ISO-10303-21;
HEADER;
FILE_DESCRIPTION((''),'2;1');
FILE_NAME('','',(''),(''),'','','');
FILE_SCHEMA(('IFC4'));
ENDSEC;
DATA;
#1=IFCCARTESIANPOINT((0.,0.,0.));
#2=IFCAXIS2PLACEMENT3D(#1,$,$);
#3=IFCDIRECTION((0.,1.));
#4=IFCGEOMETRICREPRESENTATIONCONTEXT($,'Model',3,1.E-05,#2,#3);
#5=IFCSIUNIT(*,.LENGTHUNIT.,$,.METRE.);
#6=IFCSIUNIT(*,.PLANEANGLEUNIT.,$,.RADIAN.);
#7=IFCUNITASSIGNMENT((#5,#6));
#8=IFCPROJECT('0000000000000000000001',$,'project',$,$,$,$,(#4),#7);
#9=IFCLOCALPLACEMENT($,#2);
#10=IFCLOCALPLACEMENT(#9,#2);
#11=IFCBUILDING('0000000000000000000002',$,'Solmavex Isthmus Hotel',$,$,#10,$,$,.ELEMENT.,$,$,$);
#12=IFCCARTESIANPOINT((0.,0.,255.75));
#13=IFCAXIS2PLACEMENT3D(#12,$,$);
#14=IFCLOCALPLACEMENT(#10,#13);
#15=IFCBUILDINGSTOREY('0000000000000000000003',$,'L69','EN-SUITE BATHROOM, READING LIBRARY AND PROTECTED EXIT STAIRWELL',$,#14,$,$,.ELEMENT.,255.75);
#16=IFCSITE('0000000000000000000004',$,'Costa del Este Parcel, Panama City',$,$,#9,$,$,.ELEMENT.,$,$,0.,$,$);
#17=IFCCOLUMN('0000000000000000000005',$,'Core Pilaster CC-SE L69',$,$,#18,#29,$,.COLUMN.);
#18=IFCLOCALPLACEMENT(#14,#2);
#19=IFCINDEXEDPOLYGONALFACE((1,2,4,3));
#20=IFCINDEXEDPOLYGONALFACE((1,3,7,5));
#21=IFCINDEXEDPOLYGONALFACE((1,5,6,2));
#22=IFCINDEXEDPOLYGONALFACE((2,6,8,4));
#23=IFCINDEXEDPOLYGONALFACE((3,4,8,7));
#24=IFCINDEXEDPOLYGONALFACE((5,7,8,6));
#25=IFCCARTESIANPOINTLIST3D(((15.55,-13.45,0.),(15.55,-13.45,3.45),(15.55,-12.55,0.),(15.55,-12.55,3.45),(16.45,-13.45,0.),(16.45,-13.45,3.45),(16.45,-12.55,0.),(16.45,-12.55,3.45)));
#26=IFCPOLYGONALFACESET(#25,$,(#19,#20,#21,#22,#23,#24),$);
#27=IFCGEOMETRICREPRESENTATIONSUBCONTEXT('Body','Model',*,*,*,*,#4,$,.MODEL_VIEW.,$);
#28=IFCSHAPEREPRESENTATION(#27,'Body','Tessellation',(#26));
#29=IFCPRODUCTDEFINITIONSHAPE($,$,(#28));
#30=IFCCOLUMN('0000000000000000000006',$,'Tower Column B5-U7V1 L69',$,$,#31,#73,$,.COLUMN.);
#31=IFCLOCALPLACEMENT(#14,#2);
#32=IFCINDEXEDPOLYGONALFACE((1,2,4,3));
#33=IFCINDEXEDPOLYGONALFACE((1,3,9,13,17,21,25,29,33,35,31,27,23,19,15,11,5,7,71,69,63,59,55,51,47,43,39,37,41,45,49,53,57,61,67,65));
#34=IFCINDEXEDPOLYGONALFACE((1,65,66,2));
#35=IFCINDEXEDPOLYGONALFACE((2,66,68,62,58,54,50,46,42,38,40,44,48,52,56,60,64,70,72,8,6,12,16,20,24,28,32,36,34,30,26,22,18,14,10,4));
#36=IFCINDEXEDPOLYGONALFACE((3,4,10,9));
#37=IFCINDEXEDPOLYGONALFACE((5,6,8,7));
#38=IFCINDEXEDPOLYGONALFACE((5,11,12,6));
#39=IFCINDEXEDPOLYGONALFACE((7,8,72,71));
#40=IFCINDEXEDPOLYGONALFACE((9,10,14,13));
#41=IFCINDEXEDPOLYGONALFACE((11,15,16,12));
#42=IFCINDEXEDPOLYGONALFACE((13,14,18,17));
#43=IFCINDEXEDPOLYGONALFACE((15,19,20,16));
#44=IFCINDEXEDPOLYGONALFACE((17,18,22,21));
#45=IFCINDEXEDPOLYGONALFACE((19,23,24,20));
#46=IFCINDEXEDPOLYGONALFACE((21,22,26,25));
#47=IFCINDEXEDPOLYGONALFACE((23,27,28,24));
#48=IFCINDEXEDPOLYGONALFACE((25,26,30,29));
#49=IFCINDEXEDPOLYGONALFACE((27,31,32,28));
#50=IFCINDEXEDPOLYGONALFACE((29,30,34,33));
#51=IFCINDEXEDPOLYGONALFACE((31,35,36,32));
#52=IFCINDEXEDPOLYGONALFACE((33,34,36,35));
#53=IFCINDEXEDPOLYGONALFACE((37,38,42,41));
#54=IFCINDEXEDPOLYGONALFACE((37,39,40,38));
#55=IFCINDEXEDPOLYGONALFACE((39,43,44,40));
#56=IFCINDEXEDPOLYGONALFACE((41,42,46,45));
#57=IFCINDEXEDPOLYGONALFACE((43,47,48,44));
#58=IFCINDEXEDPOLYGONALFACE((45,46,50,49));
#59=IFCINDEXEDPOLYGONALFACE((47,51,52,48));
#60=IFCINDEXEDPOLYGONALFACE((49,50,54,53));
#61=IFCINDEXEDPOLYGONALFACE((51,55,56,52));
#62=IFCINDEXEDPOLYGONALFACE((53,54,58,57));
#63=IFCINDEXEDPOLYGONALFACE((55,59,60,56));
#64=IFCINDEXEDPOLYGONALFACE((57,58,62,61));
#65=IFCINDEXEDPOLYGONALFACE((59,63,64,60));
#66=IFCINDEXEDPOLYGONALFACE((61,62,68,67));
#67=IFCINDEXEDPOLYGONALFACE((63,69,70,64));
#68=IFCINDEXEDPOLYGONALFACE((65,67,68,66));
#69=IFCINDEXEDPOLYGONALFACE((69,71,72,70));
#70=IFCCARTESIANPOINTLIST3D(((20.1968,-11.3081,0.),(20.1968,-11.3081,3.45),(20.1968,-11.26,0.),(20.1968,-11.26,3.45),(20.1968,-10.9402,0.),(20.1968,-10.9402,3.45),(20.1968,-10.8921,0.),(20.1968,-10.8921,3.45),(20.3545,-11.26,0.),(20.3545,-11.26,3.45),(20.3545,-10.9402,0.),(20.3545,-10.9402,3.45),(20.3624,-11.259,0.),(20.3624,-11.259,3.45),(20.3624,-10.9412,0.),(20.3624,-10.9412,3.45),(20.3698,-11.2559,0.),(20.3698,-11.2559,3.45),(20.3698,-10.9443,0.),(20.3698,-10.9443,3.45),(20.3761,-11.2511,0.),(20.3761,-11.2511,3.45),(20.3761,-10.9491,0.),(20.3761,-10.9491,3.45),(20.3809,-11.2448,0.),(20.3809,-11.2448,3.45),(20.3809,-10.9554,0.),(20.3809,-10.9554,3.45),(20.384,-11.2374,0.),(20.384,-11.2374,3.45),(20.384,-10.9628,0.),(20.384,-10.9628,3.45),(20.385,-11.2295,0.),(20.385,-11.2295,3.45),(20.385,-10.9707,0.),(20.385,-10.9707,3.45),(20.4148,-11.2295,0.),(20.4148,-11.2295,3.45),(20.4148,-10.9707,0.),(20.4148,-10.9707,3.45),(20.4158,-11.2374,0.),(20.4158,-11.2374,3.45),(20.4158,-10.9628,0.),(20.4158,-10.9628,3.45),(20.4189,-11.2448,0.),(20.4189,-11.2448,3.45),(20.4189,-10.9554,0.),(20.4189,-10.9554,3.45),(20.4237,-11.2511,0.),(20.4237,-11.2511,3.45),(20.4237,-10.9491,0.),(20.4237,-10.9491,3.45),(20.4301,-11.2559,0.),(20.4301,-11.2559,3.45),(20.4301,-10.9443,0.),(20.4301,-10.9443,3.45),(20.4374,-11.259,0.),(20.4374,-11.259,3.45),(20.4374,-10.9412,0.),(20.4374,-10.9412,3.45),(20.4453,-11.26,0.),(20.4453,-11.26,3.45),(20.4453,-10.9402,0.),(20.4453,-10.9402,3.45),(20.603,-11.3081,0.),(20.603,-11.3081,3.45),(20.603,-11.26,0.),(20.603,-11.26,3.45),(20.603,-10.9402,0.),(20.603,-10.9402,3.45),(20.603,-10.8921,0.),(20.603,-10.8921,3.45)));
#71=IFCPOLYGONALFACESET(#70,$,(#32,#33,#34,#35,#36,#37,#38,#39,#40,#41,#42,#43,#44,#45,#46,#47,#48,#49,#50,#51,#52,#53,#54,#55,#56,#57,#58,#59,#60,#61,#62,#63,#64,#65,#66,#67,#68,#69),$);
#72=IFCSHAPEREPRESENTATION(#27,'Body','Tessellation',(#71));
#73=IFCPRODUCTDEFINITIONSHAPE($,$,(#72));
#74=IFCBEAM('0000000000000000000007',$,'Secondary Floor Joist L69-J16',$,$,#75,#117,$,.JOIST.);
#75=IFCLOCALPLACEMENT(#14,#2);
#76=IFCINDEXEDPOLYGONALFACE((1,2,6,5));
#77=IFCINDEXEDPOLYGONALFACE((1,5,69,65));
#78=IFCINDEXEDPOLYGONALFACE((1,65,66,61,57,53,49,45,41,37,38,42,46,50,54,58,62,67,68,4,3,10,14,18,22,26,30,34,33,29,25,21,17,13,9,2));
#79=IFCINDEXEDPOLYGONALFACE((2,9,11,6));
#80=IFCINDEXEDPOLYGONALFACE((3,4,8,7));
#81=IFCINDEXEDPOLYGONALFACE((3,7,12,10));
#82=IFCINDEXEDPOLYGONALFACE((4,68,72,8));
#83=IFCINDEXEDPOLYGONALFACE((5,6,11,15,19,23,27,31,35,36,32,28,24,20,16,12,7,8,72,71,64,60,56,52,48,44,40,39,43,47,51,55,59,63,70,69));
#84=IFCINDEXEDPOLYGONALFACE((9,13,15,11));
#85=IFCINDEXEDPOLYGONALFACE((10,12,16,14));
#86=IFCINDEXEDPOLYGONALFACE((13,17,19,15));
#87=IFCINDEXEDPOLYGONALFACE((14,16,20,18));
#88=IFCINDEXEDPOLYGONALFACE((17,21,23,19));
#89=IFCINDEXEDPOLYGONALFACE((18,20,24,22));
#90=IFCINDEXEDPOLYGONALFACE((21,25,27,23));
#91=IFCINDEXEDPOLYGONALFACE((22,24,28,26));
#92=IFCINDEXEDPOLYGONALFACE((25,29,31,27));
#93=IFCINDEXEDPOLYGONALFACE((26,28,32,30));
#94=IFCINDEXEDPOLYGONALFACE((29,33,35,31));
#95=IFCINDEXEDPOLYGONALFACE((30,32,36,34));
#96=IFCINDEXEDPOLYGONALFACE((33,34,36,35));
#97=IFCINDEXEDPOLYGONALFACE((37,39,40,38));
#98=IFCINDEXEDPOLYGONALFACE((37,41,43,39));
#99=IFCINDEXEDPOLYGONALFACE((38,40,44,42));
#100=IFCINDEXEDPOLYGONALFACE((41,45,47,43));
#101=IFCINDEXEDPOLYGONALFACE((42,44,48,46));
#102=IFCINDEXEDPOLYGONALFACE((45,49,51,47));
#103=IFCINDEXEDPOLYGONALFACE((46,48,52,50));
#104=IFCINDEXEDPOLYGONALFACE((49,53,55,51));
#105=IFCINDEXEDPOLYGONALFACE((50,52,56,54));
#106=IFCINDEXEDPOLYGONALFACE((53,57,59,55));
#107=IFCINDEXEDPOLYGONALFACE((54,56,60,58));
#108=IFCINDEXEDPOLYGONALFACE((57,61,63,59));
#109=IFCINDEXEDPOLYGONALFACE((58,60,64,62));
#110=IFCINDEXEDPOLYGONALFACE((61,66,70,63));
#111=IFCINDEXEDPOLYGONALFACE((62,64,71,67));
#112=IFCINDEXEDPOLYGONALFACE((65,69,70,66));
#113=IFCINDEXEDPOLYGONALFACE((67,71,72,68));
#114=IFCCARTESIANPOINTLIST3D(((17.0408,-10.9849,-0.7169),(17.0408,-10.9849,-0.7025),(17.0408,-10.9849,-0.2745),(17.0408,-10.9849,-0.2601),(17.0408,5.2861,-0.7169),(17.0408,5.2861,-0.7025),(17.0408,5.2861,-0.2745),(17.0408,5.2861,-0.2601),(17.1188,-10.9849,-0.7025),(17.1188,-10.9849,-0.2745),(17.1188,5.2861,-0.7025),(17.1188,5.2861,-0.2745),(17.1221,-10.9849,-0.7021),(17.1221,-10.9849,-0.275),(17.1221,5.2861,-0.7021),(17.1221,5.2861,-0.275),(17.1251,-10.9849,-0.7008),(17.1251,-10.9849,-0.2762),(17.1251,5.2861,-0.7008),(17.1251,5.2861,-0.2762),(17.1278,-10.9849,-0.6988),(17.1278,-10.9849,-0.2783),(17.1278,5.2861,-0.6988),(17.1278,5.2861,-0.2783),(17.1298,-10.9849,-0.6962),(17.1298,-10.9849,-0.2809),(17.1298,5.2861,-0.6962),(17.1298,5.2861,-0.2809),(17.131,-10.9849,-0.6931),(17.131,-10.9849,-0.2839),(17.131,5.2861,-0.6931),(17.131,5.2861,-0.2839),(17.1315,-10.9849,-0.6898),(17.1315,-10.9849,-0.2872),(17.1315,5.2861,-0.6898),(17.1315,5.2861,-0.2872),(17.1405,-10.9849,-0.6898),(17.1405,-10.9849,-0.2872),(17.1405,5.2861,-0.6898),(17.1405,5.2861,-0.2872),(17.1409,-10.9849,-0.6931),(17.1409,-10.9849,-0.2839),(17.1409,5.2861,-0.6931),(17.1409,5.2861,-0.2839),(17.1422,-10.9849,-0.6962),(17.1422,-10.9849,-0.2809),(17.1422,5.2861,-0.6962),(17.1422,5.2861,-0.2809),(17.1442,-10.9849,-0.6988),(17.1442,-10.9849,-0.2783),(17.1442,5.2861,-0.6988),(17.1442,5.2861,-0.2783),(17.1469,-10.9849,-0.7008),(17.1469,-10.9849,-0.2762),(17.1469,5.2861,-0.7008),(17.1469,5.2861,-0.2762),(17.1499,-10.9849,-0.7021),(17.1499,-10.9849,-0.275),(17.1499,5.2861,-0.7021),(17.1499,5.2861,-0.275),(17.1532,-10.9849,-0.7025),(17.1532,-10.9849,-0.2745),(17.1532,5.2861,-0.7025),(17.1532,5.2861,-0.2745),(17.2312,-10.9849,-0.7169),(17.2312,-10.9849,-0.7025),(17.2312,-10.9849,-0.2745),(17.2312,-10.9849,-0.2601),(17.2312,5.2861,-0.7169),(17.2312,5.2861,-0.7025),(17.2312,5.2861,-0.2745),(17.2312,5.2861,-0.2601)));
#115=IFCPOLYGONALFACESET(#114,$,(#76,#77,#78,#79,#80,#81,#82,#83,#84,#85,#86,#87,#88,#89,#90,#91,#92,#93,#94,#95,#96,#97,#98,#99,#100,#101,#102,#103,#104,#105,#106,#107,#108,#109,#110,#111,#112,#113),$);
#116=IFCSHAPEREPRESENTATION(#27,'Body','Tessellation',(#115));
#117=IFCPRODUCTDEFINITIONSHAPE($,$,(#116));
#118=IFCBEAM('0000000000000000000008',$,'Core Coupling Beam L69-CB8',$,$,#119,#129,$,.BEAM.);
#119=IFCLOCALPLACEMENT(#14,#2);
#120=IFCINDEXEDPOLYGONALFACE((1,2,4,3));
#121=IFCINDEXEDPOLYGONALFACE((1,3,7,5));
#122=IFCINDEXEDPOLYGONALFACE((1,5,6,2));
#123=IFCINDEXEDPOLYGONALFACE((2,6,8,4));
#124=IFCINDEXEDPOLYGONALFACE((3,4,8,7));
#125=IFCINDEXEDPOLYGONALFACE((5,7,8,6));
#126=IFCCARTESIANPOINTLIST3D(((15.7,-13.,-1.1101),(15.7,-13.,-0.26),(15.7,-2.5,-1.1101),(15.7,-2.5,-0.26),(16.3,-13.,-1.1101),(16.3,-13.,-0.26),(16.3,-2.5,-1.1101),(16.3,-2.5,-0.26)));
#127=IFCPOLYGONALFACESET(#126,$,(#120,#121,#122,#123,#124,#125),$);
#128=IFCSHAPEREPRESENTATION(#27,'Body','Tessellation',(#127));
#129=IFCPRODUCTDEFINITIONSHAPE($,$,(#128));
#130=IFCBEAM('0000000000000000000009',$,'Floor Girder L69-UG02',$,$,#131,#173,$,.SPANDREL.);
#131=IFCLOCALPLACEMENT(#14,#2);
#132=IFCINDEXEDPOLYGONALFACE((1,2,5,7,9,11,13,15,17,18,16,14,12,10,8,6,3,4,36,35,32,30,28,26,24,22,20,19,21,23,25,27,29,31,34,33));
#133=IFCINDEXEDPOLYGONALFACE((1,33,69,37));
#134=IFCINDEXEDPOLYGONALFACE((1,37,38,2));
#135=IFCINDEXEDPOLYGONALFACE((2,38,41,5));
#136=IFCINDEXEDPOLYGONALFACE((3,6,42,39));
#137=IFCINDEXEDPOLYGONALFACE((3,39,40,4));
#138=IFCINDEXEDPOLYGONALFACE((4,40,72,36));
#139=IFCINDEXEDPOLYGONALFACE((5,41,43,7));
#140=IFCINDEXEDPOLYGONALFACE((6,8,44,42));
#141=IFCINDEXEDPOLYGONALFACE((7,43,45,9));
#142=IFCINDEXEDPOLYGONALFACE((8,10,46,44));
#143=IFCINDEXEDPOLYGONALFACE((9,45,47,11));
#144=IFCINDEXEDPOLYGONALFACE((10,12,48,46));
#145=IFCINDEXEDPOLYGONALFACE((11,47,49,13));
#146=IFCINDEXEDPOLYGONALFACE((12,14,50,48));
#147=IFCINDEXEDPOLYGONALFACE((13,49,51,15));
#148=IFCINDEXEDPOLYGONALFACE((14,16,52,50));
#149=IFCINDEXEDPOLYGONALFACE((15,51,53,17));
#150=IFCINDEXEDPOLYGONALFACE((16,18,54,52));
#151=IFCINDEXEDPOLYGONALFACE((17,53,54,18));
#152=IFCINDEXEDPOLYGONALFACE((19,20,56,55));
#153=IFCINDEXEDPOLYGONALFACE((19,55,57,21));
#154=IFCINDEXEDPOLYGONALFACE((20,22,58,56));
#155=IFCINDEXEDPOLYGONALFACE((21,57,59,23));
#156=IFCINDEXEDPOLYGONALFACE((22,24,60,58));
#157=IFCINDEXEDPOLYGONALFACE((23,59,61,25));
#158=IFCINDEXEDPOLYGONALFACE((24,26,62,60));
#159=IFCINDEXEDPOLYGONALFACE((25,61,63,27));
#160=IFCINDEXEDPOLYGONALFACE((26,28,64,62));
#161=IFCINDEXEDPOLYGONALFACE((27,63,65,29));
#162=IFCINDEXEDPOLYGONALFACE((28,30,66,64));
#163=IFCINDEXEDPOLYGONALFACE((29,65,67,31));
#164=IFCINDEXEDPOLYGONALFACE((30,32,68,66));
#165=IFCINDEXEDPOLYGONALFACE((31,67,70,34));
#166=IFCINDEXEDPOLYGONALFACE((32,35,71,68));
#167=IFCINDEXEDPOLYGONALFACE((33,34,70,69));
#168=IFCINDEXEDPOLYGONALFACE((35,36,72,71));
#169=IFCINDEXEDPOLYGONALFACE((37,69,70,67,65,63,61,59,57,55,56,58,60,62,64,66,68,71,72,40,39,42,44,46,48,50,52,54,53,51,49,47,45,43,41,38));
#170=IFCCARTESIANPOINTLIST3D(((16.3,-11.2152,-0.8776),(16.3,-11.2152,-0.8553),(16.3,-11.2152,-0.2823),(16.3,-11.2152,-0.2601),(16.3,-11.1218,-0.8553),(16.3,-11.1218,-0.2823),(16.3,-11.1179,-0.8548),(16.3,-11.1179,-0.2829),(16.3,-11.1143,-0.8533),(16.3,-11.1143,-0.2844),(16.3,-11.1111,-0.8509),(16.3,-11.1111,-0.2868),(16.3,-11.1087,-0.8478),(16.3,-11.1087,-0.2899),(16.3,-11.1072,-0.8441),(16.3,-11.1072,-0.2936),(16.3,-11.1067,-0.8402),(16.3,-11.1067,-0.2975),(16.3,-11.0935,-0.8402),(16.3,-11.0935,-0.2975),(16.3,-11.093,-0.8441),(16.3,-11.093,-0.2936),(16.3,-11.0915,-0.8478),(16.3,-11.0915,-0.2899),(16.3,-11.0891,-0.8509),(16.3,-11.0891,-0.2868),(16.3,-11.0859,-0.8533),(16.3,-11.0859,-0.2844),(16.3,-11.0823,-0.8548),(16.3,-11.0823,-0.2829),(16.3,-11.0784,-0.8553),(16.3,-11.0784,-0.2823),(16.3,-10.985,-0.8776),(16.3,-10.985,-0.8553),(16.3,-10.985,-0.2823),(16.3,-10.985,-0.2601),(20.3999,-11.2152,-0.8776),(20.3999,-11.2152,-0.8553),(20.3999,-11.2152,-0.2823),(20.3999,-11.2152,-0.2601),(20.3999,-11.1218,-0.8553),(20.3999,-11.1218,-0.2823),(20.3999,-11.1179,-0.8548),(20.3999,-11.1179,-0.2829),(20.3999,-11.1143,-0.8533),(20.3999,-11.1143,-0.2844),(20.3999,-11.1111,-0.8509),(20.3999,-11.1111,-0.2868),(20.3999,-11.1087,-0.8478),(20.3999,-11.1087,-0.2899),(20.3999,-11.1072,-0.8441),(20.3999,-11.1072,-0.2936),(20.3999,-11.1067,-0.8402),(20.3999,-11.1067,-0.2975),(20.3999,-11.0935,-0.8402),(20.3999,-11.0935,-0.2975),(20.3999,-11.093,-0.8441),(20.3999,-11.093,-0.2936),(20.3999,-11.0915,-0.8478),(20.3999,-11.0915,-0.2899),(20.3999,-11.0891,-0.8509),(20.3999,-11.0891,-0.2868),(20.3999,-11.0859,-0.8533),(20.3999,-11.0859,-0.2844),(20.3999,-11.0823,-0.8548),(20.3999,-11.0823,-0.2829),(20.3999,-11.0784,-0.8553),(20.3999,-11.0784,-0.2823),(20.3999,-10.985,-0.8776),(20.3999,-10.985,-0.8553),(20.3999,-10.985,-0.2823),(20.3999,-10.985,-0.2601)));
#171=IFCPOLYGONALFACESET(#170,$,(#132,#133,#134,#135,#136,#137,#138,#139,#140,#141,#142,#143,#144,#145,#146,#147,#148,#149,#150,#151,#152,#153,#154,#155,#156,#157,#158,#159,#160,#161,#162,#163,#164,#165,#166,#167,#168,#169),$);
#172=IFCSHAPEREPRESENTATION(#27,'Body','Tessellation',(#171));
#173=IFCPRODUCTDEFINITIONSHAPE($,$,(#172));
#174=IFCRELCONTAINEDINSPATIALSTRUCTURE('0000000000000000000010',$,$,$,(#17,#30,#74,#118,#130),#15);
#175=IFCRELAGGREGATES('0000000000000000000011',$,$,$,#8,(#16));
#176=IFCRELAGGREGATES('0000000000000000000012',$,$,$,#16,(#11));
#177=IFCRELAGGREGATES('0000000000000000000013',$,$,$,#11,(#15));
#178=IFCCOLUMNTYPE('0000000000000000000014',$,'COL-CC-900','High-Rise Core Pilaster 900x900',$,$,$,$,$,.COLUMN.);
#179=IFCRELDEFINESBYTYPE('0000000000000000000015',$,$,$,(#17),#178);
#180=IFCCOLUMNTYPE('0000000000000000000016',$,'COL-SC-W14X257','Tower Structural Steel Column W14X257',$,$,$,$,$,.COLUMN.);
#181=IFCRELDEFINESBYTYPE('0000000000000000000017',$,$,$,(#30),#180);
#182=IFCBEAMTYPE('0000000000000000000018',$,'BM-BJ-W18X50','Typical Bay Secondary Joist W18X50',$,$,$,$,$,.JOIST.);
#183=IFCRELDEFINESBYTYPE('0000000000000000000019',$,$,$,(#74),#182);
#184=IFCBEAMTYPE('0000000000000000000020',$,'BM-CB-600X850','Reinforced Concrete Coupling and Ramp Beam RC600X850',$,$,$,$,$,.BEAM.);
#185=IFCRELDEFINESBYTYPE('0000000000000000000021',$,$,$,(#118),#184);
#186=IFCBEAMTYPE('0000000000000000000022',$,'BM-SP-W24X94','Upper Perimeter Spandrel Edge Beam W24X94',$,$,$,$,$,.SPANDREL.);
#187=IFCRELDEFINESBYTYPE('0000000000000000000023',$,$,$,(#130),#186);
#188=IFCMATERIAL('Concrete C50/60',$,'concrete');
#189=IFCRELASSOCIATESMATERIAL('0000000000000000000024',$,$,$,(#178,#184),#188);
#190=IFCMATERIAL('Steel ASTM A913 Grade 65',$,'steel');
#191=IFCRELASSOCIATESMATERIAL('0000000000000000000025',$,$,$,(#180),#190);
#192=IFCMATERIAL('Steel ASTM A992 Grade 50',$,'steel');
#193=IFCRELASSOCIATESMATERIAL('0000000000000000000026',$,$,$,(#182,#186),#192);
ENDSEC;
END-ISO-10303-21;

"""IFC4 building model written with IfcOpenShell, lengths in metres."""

from ifc_helpers import new_model, si_unit, direction, frame, origin, origin_2d, place, context, subcontext, project, spatial, rectangle, i_section, extrude, material, material_profile, profile_set, type_object, element, save


model = new_model("IFC4")

# Units and contexts
model_context = context("Model", 3, precision=1e-05, world=origin(), true_north=direction((0.0, 1.0)))
body_context = subcontext(model_context, "Body", "Model", "MODEL_VIEW")
ifc_project = project(units=[si_unit("LENGTHUNIT", "METRE"), si_unit("PLANEANGLEUNIT", "RADIAN")], contexts=[model_context])

# Site, building, storey
site_placement = place(None, origin())
site = spatial("IfcSite", under=ifc_project, at=site_placement, Name="Costa del Este Parcel, Panama City", CompositionType="ELEMENT", RefElevation=0.0)
building_placement = place(site_placement, origin())
building = spatial("IfcBuilding", under=site, at=building_placement, Name="Solmavex Isthmus Hotel", CompositionType="ELEMENT")
storey_placement = place(building_placement, frame((0.0, 0.0, 255.75)))
storey = spatial("IfcBuildingStorey", under=building, at=storey_placement, Name="L69", Description="EN-SUITE BATHROOM, READING LIBRARY AND PROTECTED EXIT STAIRWELL", CompositionType="ELEMENT", Elevation=255.75)

# Columns
ifc_material_1 = material(Name="Concrete C50/60", Category="concrete")
ifc_material_profile_1 = material_profile(ifc_material_1, rectangle(XDim=0.8999, YDim=0.8999, at=origin_2d()), Name="RC900X900")
ifc_profile_set_1 = profile_set([ifc_material_profile_1], Name="Concrete C50/60")
column_type_1 = type_object("IfcColumnType", Name="COL-CC-900", Description="High-Rise Core Pilaster 900x900", PredefinedType="COLUMN", material=ifc_profile_set_1)
column_1_placement = place(storey_placement, frame((16.0, -13.0, 0.0), z_axis=(0.0, 0.0, 1.0), x_axis=(1.0, 0.0, 0.0)))
element("IfcColumn", 1, at=column_1_placement, inside=storey, type_object=column_type_1, Name="Core Pilaster CC-SE L69", PredefinedType="COLUMN", context=body_context, shape_type="SweptSolid", body=[
    extrude(rectangle(XDim=0.8999, YDim=0.8999, at=origin_2d()), origin(), (0.0, 0.0, 1.0), 3.45),
])
ifc_material_2 = material(Name="Steel ASTM A913 Grade 65", Category="steel")
ifc_material_profile_2 = material_profile(ifc_material_2, i_section(OverallWidth=0.4062, OverallDepth=0.416, WebThickness=0.0298, FlangeThickness=0.0481, FilletRadius=0.0305, at=origin_2d()), Name="W14X257")
ifc_profile_set_2 = profile_set([ifc_material_profile_2], Name="Steel ASTM A913 Grade 65")
column_type_2 = type_object("IfcColumnType", Name="COL-SC-W14X257", Description="Tower Structural Steel Column W14X257", PredefinedType="COLUMN", material=ifc_profile_set_2)
column_2_placement = place(storey_placement, frame((20.3999, -11.1001, 0.0), z_axis=(0.0, 0.0, 1.0), x_axis=(1.0, 0.0, 0.0)))
element("IfcColumn", 2, at=column_2_placement, inside=storey, type_object=column_type_2, Name="Tower Column B5-U7V1 L69", PredefinedType="COLUMN", context=body_context, shape_type="SweptSolid", body=[
    extrude(i_section(OverallWidth=0.4062, OverallDepth=0.416, WebThickness=0.0298, FlangeThickness=0.0481, FilletRadius=0.0305, at=origin_2d()), origin(), (0.0, 0.0, 1.0), 3.45),
])

# Beams
ifc_material_3 = material(Name="Steel ASTM A992 Grade 50", Category="steel")
ifc_material_profile_3 = material_profile(ifc_material_3, i_section(OverallWidth=0.1904, OverallDepth=0.4568, WebThickness=0.009, FlangeThickness=0.0144, FilletRadius=0.0127, at=origin_2d()), Name="W18X50")
ifc_profile_set_3 = profile_set([ifc_material_profile_3], Name="Steel ASTM A992 Grade 50")
beam_type_1 = type_object("IfcBeamType", Name="BM-BJ-W18X50", Description="Typical Bay Secondary Joist W18X50", PredefinedType="JOIST", material=ifc_profile_set_3)
beam_1_placement = place(storey_placement, frame((17.136, -10.9849, -0.4885), z_axis=(0.0, 1.0, 0.0), x_axis=(-1.0, 0.0, 0.0)))
element("IfcBeam", 3, at=beam_1_placement, inside=storey, type_object=beam_type_1, Name="Secondary Floor Joist L69-J16", PredefinedType="JOIST", context=body_context, shape_type="SweptSolid", body=[
    extrude(i_section(OverallWidth=0.1904, OverallDepth=0.4568, WebThickness=0.009, FlangeThickness=0.0144, FilletRadius=0.0127, at=origin_2d()), origin(), (0.0, 0.0, 1.0), 16.271),
])
ifc_material_profile_4 = material_profile(ifc_material_1, rectangle(XDim=0.6001, YDim=0.8501, at=origin_2d()), Name="RC600X850")
ifc_profile_set_4 = profile_set([ifc_material_profile_4], Name="Concrete C50/60")
beam_type_2 = type_object("IfcBeamType", Name="BM-CB-600X850", Description="Reinforced Concrete Coupling and Ramp Beam RC600X850", PredefinedType="BEAM", material=ifc_profile_set_4)
beam_2_placement = place(storey_placement, frame((16.0, -13.0, -0.6851), z_axis=(0.0, 1.0, 0.0), x_axis=(-1.0, 0.0, 0.0)))
element("IfcBeam", 4, at=beam_2_placement, inside=storey, type_object=beam_type_2, Name="Core Coupling Beam L69-CB8", PredefinedType="BEAM", context=body_context, shape_type="SweptSolid", body=[
    extrude(rectangle(XDim=0.6001, YDim=0.8501, at=origin_2d()), origin(), (0.0, 0.0, 1.0), 10.5),
])
ifc_material_profile_5 = material_profile(ifc_material_3, i_section(OverallWidth=0.2302, OverallDepth=0.6174, WebThickness=0.0132, FlangeThickness=0.0222, FilletRadius=0.0151, at=origin_2d()), Name="W24X94")
ifc_profile_set_5 = profile_set([ifc_material_profile_5], Name="Steel ASTM A992 Grade 50")
beam_type_3 = type_object("IfcBeamType", Name="BM-SP-W24X94", Description="Upper Perimeter Spandrel Edge Beam W24X94", PredefinedType="SPANDREL", material=ifc_profile_set_5)
beam_3_placement = place(storey_placement, frame((16.3, -11.1001, -0.5688), z_axis=(1.0, 0.0, 0.0), x_axis=(0.0, 1.0, 0.0)))
element("IfcBeam", 5, at=beam_3_placement, inside=storey, type_object=beam_type_3, Name="Floor Girder L69-UG02", PredefinedType="SPANDREL", context=body_context, shape_type="SweptSolid", body=[
    extrude(i_section(OverallWidth=0.2302, OverallDepth=0.6174, WebThickness=0.0132, FlangeThickness=0.0222, FilletRadius=0.0151, at=origin_2d()), origin(), (0.0, 0.0, 1.0), 4.0999),
])

save(model, "model.ifc")
